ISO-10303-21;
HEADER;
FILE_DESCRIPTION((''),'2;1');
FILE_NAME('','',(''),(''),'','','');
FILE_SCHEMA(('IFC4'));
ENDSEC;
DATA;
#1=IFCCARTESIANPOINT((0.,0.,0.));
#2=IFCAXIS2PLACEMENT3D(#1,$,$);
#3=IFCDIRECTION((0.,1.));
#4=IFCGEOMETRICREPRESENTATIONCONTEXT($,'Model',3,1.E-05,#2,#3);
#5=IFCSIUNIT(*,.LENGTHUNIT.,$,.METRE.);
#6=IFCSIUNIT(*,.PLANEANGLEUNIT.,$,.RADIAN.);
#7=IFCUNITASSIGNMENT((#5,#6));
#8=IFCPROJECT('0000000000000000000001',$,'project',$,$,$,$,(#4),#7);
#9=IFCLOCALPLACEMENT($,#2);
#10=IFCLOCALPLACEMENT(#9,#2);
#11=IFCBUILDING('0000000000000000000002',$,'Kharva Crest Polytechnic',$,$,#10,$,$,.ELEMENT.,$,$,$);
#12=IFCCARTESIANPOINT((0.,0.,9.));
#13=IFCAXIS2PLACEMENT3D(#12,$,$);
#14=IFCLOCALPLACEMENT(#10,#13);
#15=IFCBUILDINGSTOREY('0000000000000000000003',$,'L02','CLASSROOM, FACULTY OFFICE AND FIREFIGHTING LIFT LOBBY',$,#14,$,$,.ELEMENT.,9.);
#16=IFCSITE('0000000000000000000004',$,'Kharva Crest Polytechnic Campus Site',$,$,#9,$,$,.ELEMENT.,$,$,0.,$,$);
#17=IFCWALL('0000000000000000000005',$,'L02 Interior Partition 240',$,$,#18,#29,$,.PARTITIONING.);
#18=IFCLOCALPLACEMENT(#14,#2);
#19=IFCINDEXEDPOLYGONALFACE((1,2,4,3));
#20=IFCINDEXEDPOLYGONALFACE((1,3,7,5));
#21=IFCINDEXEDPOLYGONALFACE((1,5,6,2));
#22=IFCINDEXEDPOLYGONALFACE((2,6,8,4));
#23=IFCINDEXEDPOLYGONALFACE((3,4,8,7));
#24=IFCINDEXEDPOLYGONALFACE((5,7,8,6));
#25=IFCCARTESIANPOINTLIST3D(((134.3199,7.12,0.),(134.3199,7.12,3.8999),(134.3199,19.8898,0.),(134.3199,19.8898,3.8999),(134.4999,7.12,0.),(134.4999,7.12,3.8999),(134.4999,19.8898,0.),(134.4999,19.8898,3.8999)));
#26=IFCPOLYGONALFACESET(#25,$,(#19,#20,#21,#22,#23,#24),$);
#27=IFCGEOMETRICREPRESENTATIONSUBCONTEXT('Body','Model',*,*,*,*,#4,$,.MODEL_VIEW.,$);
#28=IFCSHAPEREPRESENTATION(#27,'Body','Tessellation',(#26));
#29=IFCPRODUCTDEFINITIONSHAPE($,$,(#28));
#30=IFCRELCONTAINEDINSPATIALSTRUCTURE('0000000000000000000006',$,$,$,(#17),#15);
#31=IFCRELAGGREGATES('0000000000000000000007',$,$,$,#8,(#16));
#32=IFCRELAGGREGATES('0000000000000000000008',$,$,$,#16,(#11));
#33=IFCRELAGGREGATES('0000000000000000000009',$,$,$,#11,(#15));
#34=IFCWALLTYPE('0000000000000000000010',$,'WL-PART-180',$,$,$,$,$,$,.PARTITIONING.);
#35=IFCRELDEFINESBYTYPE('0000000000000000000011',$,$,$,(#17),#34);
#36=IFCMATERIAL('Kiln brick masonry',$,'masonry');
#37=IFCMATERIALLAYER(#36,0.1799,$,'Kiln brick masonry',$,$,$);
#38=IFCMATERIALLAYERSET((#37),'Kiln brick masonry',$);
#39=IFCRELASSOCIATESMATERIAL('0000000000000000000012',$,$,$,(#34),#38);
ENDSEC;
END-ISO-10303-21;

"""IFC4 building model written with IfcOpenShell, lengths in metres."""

from ifc_helpers import new_model, si_unit, direction, frame, frame_2d, origin, place, context, subcontext, project, spatial, rectangle, extrude, material, layer, layer_set, type_object, element, save


model = new_model("IFC4")

# Units and contexts
model_context = context("Model", 3, precision=1e-05, world=origin(), true_north=direction((0.0, 1.0)))
body_context = subcontext(model_context, "Body", "Model", "MODEL_VIEW")
ifc_project = project(units=[si_unit("LENGTHUNIT", "METRE"), si_unit("PLANEANGLEUNIT", "RADIAN")], contexts=[model_context])

# Site, building, storey
site_placement = place(None, origin())
site = spatial("IfcSite", under=ifc_project, at=site_placement, Name="Kharva Crest Polytechnic Campus Site", CompositionType="ELEMENT", RefElevation=0.0)
building_placement = place(site_placement, origin())
building = spatial("IfcBuilding", under=site, at=building_placement, Name="Kharva Crest Polytechnic", CompositionType="ELEMENT")
storey_placement = place(building_placement, frame((0.0, 0.0, 9.0)))
storey = spatial("IfcBuildingStorey", under=building, at=storey_placement, Name="L02", Description="CLASSROOM, FACULTY OFFICE AND FIREFIGHTING LIFT LOBBY", CompositionType="ELEMENT", Elevation=9.0)

# Shared definitions
ifc_material_1 = material(Name="Kiln brick masonry", Category="masonry")

# Wall
ifc_layer_1 = layer(ifc_material_1, 0.1799, Name="Kiln brick masonry")
ifc_layer_set_1 = layer_set([ifc_layer_1], Name="Kiln brick masonry")
wall_type_1 = type_object("IfcWallType", Name="WL-PART-180", PredefinedType="PARTITIONING", material=ifc_layer_set_1)
wall_1_placement = place(storey_placement, frame((134.4099, 7.1201, 0.0), z_axis=(0.0, 0.0, 1.0), x_axis=(0.0, 1.0, 0.0)))
element("IfcWall", 1, at=wall_1_placement, inside=storey, type_object=wall_type_1, Name="L02 Interior Partition 240", PredefinedType="PARTITIONING", context=body_context, shape_type="SweptSolid", body=[
    extrude(rectangle(XDim=12.7698, YDim=0.1799, at=frame_2d((6.3848, 0.0))), origin(), (0.0, 0.0, 1.0), 3.8999),
])

save(model, "model.ifc")
